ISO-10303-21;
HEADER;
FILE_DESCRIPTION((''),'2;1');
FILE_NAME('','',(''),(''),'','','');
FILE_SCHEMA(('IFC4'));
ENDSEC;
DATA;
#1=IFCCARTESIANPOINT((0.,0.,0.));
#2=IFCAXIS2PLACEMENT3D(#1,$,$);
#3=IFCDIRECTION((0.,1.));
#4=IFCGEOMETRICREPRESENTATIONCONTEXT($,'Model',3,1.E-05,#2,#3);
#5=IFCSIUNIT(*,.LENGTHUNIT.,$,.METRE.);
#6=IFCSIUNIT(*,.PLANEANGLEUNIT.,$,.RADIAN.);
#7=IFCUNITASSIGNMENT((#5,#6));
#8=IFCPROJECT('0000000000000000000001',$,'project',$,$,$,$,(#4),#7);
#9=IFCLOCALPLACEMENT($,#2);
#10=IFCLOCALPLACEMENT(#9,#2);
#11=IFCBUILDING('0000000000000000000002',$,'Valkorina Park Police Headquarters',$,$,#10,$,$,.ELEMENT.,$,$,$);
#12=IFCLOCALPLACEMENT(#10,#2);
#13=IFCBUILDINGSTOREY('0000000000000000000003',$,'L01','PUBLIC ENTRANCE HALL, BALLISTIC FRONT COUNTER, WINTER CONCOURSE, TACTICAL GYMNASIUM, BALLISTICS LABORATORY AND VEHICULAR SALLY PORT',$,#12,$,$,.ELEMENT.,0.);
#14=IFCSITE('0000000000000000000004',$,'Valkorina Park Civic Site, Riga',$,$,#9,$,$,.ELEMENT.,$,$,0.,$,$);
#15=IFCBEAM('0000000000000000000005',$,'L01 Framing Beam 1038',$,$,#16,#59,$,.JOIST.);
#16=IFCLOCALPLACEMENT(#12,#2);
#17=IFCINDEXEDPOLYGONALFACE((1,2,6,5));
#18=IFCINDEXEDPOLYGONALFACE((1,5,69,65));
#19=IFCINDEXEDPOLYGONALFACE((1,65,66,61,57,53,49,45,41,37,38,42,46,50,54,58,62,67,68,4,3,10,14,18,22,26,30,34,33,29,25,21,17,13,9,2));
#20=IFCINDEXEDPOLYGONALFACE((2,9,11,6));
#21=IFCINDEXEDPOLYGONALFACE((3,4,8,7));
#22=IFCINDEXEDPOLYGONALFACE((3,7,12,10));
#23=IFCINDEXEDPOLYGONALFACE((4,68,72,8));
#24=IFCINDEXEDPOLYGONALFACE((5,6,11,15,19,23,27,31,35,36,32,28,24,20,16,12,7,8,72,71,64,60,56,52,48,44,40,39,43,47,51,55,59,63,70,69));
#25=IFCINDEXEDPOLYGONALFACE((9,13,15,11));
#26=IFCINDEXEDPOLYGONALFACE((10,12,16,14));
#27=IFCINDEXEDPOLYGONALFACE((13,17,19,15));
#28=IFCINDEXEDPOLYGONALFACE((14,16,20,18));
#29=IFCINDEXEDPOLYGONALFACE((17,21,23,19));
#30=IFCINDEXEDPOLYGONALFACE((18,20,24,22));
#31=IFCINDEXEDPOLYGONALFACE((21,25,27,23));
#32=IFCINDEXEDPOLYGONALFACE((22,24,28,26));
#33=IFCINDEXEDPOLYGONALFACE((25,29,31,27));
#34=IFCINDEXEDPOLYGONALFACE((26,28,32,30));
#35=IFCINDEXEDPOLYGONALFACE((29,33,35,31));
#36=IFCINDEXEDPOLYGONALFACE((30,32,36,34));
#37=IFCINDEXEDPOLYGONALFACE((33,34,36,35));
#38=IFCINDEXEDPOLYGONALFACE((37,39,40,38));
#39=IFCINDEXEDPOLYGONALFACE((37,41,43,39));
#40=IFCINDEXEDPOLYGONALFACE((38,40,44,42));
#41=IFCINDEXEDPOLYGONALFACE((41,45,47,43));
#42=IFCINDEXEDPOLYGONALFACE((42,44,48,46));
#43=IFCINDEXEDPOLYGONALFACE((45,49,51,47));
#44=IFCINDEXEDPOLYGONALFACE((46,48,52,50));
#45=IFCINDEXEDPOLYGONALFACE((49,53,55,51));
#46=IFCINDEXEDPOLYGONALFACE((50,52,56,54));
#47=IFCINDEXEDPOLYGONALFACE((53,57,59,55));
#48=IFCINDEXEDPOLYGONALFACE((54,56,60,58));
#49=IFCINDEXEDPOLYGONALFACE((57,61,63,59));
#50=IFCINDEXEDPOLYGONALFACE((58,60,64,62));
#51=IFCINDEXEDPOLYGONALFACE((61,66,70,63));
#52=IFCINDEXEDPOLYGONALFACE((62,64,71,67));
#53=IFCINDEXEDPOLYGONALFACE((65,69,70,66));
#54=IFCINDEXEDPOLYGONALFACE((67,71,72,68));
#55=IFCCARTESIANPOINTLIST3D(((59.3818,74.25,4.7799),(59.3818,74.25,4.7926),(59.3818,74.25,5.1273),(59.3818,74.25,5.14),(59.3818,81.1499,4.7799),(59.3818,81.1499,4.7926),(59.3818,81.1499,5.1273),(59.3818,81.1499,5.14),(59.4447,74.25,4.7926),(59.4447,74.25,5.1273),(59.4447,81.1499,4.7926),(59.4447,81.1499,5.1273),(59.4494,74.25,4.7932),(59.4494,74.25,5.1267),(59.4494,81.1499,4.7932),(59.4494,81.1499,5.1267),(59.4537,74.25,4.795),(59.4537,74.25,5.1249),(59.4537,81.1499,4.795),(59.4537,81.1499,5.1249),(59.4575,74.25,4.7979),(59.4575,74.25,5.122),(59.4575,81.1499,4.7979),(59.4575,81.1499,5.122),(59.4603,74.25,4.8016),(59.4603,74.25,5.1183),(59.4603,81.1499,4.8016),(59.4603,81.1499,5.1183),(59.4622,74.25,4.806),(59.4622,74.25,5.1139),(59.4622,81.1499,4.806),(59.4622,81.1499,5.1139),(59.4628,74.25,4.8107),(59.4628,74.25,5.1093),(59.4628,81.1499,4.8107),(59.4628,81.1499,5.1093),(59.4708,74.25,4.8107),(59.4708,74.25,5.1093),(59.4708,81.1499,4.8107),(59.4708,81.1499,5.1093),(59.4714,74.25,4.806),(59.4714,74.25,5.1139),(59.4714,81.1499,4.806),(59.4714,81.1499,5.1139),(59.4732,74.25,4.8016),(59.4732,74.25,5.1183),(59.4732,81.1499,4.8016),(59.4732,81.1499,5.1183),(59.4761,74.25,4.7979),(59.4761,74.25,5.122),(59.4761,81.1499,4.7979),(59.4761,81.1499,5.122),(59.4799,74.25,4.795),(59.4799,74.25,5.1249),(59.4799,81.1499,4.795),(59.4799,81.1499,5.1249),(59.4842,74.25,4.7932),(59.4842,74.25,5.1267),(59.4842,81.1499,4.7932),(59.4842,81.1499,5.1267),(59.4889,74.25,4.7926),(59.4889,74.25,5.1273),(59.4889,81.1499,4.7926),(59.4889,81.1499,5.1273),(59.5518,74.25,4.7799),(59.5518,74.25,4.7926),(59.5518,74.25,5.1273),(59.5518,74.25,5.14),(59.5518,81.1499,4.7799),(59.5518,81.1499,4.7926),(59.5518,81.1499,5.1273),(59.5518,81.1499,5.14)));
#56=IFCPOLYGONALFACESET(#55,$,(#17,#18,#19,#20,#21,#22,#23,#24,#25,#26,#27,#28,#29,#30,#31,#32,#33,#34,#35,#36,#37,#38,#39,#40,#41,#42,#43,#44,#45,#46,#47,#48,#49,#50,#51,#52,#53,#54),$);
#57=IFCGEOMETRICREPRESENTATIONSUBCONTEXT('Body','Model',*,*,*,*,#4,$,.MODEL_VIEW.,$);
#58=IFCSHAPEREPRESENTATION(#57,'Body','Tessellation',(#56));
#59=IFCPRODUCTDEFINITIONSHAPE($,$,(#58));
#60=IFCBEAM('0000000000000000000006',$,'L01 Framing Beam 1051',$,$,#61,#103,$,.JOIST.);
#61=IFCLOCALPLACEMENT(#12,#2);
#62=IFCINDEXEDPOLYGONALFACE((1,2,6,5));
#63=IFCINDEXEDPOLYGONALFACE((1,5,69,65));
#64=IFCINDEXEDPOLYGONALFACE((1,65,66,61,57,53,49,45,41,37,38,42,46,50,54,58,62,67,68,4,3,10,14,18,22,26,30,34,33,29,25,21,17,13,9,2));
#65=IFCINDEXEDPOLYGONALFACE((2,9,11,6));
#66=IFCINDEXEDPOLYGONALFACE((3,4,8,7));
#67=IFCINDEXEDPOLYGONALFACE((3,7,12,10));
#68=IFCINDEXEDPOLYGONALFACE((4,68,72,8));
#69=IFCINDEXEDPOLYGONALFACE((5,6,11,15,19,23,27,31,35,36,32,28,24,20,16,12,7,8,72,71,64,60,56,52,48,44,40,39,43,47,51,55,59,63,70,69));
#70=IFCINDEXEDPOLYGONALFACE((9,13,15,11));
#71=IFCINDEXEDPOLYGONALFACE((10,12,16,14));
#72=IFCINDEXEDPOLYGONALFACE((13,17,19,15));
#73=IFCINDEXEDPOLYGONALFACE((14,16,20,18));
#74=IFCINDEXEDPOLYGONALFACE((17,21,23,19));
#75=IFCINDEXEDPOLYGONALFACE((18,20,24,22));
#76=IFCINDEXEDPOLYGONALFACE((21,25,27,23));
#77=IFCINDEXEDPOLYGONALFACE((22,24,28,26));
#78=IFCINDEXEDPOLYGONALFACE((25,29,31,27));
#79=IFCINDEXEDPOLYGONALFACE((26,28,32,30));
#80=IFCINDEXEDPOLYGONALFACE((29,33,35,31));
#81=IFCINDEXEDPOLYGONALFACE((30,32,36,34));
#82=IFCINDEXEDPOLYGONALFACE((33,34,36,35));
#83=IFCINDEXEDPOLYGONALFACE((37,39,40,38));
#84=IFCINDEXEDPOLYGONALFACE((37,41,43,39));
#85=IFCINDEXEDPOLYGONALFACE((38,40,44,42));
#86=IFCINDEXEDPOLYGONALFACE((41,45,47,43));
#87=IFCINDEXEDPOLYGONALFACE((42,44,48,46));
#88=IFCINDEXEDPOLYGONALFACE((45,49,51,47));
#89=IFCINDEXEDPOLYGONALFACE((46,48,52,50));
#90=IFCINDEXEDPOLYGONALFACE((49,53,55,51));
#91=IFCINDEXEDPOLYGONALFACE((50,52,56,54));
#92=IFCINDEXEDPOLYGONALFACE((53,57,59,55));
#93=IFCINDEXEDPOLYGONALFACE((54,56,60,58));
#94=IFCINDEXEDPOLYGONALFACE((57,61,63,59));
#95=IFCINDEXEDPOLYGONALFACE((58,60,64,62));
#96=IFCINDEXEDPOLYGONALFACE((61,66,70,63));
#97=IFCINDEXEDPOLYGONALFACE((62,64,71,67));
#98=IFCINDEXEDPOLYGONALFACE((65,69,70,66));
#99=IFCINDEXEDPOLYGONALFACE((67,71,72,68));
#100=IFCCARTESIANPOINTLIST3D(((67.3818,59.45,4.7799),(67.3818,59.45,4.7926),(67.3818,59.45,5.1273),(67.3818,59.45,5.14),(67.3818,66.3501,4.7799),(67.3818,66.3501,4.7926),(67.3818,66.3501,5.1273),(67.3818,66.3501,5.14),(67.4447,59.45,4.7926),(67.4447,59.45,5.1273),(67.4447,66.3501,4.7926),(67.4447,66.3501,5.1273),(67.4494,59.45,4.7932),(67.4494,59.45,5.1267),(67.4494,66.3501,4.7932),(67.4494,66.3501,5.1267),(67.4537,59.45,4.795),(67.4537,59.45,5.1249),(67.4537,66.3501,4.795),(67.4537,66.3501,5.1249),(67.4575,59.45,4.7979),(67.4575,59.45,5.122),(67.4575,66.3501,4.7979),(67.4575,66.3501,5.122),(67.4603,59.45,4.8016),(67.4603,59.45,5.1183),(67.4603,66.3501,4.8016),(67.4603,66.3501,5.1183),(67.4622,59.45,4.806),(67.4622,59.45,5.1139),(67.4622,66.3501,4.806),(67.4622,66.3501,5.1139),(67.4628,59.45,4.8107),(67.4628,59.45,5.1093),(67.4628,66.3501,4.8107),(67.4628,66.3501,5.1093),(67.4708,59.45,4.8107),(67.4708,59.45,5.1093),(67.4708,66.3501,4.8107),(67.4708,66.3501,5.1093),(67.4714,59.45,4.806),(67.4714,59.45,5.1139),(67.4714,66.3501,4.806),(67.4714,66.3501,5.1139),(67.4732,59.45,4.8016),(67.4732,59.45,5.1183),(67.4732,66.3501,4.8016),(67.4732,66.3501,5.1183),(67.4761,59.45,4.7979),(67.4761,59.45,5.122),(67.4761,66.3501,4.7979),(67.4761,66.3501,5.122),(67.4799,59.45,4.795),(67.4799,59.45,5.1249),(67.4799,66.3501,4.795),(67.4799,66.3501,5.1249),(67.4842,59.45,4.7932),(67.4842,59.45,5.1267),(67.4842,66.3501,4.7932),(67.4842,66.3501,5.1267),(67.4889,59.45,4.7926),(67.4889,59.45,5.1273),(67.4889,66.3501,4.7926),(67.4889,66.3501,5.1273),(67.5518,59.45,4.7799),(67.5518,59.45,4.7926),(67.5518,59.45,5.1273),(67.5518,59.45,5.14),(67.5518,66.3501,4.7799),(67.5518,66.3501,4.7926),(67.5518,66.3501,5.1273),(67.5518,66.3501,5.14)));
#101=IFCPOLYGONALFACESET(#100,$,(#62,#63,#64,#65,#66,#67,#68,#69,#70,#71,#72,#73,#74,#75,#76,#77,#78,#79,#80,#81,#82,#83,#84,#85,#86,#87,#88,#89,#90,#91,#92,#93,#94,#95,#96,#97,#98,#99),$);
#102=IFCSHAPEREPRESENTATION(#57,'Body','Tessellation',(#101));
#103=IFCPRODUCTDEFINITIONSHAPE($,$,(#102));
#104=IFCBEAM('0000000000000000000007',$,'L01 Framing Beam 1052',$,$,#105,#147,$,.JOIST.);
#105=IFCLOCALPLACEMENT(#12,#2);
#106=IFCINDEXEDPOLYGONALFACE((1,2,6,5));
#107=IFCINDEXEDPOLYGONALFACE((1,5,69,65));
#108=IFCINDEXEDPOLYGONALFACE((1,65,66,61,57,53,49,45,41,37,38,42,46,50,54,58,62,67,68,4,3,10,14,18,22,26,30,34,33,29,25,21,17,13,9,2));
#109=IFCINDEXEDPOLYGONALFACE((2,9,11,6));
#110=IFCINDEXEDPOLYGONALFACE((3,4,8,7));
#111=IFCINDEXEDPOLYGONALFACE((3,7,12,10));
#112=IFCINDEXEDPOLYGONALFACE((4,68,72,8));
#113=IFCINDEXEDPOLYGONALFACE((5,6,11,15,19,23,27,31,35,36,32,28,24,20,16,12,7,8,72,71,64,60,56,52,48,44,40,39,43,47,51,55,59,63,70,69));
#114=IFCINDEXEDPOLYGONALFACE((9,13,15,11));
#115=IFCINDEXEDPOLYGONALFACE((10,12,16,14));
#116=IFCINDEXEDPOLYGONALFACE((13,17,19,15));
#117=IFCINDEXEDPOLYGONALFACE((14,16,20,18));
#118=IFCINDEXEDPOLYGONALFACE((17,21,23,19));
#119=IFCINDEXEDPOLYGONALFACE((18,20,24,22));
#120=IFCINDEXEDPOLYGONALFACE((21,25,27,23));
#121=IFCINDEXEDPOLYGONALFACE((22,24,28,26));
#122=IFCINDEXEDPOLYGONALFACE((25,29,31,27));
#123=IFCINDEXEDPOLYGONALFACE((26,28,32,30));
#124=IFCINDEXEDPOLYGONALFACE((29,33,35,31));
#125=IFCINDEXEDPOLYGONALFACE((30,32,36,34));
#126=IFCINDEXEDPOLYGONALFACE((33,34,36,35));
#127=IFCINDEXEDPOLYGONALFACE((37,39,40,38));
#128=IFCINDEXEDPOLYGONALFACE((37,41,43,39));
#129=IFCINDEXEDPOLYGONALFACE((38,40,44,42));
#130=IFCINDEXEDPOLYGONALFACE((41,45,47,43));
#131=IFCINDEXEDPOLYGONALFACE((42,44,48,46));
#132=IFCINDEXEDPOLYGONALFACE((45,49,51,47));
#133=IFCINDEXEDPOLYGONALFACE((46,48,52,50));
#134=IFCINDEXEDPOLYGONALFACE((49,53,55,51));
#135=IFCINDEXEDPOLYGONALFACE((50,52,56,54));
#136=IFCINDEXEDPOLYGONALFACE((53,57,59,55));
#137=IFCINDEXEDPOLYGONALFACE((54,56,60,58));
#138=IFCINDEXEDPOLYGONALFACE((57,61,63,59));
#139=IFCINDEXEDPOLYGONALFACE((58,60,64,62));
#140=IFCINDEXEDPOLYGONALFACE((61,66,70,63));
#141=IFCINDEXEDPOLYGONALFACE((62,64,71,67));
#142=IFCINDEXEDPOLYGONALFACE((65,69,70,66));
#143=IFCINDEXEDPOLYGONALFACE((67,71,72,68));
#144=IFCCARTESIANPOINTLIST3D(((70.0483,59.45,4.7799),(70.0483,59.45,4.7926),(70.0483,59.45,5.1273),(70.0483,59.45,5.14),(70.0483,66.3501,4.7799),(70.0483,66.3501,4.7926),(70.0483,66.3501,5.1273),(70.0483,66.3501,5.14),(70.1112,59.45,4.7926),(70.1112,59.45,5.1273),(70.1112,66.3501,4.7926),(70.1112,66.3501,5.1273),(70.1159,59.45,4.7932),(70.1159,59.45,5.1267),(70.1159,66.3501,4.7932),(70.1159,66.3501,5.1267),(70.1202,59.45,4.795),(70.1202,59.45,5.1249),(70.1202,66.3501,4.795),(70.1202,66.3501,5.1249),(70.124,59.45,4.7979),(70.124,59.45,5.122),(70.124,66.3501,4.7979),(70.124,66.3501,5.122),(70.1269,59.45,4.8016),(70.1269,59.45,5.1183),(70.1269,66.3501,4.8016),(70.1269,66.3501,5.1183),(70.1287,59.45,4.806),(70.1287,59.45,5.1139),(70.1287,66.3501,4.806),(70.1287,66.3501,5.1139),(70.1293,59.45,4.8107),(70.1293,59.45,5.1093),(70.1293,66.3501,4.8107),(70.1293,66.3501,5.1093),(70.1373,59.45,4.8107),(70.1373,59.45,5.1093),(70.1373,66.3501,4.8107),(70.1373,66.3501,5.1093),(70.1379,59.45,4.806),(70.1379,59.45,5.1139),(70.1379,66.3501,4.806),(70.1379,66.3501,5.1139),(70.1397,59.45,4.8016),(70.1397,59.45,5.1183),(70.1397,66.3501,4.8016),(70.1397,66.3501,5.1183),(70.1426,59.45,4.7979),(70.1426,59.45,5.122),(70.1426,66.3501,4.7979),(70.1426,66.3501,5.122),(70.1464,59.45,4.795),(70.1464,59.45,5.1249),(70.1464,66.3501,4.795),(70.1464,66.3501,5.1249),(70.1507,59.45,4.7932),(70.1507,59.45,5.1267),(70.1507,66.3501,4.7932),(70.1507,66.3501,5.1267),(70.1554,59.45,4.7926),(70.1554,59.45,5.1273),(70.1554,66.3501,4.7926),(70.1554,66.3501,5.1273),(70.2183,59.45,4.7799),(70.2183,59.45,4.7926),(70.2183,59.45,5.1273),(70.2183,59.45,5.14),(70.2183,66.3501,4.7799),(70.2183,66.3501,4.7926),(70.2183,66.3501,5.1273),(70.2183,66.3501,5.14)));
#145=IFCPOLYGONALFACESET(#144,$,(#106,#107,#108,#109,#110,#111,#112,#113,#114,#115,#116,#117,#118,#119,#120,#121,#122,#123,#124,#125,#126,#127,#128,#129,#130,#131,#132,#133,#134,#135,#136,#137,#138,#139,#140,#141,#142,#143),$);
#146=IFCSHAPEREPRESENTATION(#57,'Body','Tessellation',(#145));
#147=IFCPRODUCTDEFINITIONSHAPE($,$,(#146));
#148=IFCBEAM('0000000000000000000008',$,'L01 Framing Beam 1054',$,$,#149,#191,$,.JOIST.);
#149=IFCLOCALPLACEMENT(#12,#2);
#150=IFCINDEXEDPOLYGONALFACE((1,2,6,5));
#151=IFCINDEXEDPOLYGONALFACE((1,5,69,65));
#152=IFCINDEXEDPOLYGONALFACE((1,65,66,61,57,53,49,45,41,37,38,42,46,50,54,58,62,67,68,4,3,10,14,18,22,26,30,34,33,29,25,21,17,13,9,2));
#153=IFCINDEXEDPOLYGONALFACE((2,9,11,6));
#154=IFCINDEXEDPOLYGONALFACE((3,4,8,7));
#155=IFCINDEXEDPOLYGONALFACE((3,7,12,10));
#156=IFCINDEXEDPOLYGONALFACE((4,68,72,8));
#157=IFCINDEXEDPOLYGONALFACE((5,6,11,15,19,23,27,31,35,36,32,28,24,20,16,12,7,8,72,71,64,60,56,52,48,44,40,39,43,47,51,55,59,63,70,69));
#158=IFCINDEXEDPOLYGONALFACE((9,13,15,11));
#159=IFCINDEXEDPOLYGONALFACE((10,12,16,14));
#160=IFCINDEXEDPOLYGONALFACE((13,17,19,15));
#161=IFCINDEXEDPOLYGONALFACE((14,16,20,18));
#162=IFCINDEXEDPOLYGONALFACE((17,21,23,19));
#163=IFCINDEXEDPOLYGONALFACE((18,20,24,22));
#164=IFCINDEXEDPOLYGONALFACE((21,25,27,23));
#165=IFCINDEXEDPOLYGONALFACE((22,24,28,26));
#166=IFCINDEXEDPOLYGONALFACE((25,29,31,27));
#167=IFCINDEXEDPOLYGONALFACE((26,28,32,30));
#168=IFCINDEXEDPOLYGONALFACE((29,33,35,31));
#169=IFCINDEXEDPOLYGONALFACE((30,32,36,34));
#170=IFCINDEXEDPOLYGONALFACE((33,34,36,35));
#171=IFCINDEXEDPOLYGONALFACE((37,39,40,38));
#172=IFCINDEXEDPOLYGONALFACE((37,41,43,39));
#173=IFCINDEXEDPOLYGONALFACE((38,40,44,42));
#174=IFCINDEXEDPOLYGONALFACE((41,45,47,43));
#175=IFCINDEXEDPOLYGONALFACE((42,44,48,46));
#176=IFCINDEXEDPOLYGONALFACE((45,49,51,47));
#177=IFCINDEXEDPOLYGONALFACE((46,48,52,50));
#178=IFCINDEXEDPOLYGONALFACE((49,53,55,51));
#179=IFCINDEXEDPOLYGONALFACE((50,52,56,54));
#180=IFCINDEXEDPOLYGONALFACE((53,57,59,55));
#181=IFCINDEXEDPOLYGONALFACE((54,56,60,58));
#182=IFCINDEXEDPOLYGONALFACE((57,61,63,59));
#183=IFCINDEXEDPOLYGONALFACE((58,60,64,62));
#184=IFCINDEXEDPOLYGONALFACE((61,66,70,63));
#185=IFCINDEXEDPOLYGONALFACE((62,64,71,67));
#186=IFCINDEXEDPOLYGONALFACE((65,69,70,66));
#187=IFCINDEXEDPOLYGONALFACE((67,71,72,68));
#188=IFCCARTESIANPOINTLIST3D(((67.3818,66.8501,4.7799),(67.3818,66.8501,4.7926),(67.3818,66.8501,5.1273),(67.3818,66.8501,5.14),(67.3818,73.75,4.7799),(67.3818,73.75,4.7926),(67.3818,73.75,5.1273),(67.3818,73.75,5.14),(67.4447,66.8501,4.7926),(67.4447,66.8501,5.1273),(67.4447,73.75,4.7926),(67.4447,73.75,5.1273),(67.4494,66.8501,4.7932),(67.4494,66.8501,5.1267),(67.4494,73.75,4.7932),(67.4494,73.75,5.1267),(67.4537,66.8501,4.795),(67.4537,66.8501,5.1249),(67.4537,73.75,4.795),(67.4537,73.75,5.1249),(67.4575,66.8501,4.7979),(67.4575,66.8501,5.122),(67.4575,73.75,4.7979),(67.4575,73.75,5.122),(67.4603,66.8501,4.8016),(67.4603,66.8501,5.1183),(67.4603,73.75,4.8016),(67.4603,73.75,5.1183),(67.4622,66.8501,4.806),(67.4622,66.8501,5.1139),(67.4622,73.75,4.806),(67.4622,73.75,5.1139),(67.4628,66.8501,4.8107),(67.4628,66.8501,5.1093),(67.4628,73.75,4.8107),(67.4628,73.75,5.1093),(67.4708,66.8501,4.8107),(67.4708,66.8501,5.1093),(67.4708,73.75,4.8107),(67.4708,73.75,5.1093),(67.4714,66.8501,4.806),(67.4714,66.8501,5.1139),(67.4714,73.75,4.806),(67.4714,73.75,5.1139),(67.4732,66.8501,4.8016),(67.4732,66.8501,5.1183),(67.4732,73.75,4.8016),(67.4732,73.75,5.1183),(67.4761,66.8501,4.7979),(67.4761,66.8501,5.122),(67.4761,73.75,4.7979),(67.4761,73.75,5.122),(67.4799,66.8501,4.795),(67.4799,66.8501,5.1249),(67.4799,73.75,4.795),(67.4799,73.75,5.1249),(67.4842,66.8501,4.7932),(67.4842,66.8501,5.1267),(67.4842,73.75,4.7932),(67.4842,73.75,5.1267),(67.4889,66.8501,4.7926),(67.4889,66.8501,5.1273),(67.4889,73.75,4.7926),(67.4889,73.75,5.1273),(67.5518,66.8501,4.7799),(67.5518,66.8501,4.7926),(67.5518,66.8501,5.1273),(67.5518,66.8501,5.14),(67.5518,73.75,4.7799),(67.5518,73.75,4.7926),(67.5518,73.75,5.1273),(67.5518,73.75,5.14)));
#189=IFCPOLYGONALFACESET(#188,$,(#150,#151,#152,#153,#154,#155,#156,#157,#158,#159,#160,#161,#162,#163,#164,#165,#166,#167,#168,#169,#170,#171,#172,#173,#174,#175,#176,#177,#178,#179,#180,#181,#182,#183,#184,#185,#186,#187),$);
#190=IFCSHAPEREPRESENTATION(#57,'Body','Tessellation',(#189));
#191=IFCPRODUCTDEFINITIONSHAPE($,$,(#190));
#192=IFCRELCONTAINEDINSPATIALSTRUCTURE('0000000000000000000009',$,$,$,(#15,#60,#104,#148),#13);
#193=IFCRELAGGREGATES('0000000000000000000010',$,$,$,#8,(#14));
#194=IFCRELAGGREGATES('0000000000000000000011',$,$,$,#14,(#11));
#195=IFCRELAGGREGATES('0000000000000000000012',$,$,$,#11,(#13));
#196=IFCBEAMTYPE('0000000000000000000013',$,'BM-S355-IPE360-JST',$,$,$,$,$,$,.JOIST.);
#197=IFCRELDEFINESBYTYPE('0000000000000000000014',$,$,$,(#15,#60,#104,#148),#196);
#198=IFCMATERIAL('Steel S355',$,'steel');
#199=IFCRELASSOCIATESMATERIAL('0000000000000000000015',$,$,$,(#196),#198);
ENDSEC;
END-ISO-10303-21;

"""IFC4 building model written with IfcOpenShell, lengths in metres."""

from ifc_helpers import new_model, si_unit, direction, frame, origin, origin_2d, place, context, subcontext, project, spatial, i_section, extrude, material, material_profile, profile_set, type_object, element, save


model = new_model("IFC4")

# Units and contexts
model_context = context("Model", 3, precision=1e-05, world=origin(), true_north=direction((0.0, 1.0)))
body_context = subcontext(model_context, "Body", "Model", "MODEL_VIEW")
ifc_project = project(units=[si_unit("LENGTHUNIT", "METRE"), si_unit("PLANEANGLEUNIT", "RADIAN")], contexts=[model_context])

# Site, building, storey
site_placement = place(None, origin())
site = spatial("IfcSite", under=ifc_project, at=site_placement, Name="Valkorina Park Civic Site, Riga", CompositionType="ELEMENT", RefElevation=0.0)
building_placement = place(site_placement, origin())
building = spatial("IfcBuilding", under=site, at=building_placement, Name="Valkorina Park Police Headquarters", CompositionType="ELEMENT")
storey_placement = place(building_placement, origin())
storey = spatial("IfcBuildingStorey", under=building, at=storey_placement, Name="L01", Description="PUBLIC ENTRANCE HALL, BALLISTIC FRONT COUNTER, WINTER CONCOURSE, TACTICAL GYMNASIUM, BALLISTICS LABORATORY AND VEHICULAR SALLY PORT", CompositionType="ELEMENT", Elevation=0.0)

# Beams
ifc_material_1 = material(Name="Steel S355", Category="steel")
ifc_material_profile_1 = material_profile(ifc_material_1, i_section(OverallWidth=0.1699, OverallDepth=0.3601, WebThickness=0.0081, FlangeThickness=0.0127, FilletRadius=0.0181, at=origin_2d()), Name="IPE 360")
ifc_profile_set_1 = profile_set([ifc_material_profile_1], Name="Steel S355")
beam_type_1 = type_object("IfcBeamType", Name="BM-S355-IPE360-JST", PredefinedType="JOIST", material=ifc_profile_set_1)
for number, where, z_axis, x_axis, name in (
    (1, (59.4668, 74.25, 4.96), (0.0, 1.0, 0.0), (-1.0, 0.0, 0.0), "L01 Framing Beam 1038"),
):
    element("IfcBeam", number, at=place(storey_placement, frame(where, z_axis=z_axis, x_axis=x_axis)), inside=storey, type_object=beam_type_1, Name=name, PredefinedType="JOIST", context=body_context, shape_type="SweptSolid", body=[
        extrude(i_section(OverallWidth=0.1699, OverallDepth=0.3601, WebThickness=0.0081, FlangeThickness=0.0127, FilletRadius=0.0181, at=origin_2d()), origin(), (0.0, 0.0, 1.0), 6.8999),
    ])
for number, where, z_axis, x_axis, name in (
    (2, (67.4668, 59.45, 4.96), (0.0, 1.0, 0.0), (-1.0, 0.0, 0.0), "L01 Framing Beam 1051"),
    (3, (70.1333, 59.45, 4.96), (0.0, 1.0, 0.0), (-1.0, 0.0, 0.0), "L01 Framing Beam 1052"),
):
    element("IfcBeam", number, at=place(storey_placement, frame(where, z_axis=z_axis, x_axis=x_axis)), inside=storey, type_object=beam_type_1, Name=name, PredefinedType="JOIST", context=body_context, shape_type="SweptSolid", body=[
        extrude(i_section(OverallWidth=0.1699, OverallDepth=0.3601, WebThickness=0.0081, FlangeThickness=0.0127, FilletRadius=0.0181, at=origin_2d()), origin(), (0.0, 0.0, 1.0), 6.9001),
    ])
for number, where, z_axis, x_axis, name in (
    (4, (67.4668, 66.8501, 4.96), (0.0, 1.0, 0.0), (-1.0, 0.0, 0.0), "L01 Framing Beam 1054"),
):
    element("IfcBeam", number, at=place(storey_placement, frame(where, z_axis=z_axis, x_axis=x_axis)), inside=storey, type_object=beam_type_1, Name=name, PredefinedType="JOIST", context=body_context, shape_type="SweptSolid", body=[
        extrude(i_section(OverallWidth=0.1699, OverallDepth=0.3601, WebThickness=0.0081, FlangeThickness=0.0127, FilletRadius=0.0181, at=origin_2d()), origin(), (0.0, 0.0, 1.0), 6.8999),
    ])

save(model, "model.ifc")
